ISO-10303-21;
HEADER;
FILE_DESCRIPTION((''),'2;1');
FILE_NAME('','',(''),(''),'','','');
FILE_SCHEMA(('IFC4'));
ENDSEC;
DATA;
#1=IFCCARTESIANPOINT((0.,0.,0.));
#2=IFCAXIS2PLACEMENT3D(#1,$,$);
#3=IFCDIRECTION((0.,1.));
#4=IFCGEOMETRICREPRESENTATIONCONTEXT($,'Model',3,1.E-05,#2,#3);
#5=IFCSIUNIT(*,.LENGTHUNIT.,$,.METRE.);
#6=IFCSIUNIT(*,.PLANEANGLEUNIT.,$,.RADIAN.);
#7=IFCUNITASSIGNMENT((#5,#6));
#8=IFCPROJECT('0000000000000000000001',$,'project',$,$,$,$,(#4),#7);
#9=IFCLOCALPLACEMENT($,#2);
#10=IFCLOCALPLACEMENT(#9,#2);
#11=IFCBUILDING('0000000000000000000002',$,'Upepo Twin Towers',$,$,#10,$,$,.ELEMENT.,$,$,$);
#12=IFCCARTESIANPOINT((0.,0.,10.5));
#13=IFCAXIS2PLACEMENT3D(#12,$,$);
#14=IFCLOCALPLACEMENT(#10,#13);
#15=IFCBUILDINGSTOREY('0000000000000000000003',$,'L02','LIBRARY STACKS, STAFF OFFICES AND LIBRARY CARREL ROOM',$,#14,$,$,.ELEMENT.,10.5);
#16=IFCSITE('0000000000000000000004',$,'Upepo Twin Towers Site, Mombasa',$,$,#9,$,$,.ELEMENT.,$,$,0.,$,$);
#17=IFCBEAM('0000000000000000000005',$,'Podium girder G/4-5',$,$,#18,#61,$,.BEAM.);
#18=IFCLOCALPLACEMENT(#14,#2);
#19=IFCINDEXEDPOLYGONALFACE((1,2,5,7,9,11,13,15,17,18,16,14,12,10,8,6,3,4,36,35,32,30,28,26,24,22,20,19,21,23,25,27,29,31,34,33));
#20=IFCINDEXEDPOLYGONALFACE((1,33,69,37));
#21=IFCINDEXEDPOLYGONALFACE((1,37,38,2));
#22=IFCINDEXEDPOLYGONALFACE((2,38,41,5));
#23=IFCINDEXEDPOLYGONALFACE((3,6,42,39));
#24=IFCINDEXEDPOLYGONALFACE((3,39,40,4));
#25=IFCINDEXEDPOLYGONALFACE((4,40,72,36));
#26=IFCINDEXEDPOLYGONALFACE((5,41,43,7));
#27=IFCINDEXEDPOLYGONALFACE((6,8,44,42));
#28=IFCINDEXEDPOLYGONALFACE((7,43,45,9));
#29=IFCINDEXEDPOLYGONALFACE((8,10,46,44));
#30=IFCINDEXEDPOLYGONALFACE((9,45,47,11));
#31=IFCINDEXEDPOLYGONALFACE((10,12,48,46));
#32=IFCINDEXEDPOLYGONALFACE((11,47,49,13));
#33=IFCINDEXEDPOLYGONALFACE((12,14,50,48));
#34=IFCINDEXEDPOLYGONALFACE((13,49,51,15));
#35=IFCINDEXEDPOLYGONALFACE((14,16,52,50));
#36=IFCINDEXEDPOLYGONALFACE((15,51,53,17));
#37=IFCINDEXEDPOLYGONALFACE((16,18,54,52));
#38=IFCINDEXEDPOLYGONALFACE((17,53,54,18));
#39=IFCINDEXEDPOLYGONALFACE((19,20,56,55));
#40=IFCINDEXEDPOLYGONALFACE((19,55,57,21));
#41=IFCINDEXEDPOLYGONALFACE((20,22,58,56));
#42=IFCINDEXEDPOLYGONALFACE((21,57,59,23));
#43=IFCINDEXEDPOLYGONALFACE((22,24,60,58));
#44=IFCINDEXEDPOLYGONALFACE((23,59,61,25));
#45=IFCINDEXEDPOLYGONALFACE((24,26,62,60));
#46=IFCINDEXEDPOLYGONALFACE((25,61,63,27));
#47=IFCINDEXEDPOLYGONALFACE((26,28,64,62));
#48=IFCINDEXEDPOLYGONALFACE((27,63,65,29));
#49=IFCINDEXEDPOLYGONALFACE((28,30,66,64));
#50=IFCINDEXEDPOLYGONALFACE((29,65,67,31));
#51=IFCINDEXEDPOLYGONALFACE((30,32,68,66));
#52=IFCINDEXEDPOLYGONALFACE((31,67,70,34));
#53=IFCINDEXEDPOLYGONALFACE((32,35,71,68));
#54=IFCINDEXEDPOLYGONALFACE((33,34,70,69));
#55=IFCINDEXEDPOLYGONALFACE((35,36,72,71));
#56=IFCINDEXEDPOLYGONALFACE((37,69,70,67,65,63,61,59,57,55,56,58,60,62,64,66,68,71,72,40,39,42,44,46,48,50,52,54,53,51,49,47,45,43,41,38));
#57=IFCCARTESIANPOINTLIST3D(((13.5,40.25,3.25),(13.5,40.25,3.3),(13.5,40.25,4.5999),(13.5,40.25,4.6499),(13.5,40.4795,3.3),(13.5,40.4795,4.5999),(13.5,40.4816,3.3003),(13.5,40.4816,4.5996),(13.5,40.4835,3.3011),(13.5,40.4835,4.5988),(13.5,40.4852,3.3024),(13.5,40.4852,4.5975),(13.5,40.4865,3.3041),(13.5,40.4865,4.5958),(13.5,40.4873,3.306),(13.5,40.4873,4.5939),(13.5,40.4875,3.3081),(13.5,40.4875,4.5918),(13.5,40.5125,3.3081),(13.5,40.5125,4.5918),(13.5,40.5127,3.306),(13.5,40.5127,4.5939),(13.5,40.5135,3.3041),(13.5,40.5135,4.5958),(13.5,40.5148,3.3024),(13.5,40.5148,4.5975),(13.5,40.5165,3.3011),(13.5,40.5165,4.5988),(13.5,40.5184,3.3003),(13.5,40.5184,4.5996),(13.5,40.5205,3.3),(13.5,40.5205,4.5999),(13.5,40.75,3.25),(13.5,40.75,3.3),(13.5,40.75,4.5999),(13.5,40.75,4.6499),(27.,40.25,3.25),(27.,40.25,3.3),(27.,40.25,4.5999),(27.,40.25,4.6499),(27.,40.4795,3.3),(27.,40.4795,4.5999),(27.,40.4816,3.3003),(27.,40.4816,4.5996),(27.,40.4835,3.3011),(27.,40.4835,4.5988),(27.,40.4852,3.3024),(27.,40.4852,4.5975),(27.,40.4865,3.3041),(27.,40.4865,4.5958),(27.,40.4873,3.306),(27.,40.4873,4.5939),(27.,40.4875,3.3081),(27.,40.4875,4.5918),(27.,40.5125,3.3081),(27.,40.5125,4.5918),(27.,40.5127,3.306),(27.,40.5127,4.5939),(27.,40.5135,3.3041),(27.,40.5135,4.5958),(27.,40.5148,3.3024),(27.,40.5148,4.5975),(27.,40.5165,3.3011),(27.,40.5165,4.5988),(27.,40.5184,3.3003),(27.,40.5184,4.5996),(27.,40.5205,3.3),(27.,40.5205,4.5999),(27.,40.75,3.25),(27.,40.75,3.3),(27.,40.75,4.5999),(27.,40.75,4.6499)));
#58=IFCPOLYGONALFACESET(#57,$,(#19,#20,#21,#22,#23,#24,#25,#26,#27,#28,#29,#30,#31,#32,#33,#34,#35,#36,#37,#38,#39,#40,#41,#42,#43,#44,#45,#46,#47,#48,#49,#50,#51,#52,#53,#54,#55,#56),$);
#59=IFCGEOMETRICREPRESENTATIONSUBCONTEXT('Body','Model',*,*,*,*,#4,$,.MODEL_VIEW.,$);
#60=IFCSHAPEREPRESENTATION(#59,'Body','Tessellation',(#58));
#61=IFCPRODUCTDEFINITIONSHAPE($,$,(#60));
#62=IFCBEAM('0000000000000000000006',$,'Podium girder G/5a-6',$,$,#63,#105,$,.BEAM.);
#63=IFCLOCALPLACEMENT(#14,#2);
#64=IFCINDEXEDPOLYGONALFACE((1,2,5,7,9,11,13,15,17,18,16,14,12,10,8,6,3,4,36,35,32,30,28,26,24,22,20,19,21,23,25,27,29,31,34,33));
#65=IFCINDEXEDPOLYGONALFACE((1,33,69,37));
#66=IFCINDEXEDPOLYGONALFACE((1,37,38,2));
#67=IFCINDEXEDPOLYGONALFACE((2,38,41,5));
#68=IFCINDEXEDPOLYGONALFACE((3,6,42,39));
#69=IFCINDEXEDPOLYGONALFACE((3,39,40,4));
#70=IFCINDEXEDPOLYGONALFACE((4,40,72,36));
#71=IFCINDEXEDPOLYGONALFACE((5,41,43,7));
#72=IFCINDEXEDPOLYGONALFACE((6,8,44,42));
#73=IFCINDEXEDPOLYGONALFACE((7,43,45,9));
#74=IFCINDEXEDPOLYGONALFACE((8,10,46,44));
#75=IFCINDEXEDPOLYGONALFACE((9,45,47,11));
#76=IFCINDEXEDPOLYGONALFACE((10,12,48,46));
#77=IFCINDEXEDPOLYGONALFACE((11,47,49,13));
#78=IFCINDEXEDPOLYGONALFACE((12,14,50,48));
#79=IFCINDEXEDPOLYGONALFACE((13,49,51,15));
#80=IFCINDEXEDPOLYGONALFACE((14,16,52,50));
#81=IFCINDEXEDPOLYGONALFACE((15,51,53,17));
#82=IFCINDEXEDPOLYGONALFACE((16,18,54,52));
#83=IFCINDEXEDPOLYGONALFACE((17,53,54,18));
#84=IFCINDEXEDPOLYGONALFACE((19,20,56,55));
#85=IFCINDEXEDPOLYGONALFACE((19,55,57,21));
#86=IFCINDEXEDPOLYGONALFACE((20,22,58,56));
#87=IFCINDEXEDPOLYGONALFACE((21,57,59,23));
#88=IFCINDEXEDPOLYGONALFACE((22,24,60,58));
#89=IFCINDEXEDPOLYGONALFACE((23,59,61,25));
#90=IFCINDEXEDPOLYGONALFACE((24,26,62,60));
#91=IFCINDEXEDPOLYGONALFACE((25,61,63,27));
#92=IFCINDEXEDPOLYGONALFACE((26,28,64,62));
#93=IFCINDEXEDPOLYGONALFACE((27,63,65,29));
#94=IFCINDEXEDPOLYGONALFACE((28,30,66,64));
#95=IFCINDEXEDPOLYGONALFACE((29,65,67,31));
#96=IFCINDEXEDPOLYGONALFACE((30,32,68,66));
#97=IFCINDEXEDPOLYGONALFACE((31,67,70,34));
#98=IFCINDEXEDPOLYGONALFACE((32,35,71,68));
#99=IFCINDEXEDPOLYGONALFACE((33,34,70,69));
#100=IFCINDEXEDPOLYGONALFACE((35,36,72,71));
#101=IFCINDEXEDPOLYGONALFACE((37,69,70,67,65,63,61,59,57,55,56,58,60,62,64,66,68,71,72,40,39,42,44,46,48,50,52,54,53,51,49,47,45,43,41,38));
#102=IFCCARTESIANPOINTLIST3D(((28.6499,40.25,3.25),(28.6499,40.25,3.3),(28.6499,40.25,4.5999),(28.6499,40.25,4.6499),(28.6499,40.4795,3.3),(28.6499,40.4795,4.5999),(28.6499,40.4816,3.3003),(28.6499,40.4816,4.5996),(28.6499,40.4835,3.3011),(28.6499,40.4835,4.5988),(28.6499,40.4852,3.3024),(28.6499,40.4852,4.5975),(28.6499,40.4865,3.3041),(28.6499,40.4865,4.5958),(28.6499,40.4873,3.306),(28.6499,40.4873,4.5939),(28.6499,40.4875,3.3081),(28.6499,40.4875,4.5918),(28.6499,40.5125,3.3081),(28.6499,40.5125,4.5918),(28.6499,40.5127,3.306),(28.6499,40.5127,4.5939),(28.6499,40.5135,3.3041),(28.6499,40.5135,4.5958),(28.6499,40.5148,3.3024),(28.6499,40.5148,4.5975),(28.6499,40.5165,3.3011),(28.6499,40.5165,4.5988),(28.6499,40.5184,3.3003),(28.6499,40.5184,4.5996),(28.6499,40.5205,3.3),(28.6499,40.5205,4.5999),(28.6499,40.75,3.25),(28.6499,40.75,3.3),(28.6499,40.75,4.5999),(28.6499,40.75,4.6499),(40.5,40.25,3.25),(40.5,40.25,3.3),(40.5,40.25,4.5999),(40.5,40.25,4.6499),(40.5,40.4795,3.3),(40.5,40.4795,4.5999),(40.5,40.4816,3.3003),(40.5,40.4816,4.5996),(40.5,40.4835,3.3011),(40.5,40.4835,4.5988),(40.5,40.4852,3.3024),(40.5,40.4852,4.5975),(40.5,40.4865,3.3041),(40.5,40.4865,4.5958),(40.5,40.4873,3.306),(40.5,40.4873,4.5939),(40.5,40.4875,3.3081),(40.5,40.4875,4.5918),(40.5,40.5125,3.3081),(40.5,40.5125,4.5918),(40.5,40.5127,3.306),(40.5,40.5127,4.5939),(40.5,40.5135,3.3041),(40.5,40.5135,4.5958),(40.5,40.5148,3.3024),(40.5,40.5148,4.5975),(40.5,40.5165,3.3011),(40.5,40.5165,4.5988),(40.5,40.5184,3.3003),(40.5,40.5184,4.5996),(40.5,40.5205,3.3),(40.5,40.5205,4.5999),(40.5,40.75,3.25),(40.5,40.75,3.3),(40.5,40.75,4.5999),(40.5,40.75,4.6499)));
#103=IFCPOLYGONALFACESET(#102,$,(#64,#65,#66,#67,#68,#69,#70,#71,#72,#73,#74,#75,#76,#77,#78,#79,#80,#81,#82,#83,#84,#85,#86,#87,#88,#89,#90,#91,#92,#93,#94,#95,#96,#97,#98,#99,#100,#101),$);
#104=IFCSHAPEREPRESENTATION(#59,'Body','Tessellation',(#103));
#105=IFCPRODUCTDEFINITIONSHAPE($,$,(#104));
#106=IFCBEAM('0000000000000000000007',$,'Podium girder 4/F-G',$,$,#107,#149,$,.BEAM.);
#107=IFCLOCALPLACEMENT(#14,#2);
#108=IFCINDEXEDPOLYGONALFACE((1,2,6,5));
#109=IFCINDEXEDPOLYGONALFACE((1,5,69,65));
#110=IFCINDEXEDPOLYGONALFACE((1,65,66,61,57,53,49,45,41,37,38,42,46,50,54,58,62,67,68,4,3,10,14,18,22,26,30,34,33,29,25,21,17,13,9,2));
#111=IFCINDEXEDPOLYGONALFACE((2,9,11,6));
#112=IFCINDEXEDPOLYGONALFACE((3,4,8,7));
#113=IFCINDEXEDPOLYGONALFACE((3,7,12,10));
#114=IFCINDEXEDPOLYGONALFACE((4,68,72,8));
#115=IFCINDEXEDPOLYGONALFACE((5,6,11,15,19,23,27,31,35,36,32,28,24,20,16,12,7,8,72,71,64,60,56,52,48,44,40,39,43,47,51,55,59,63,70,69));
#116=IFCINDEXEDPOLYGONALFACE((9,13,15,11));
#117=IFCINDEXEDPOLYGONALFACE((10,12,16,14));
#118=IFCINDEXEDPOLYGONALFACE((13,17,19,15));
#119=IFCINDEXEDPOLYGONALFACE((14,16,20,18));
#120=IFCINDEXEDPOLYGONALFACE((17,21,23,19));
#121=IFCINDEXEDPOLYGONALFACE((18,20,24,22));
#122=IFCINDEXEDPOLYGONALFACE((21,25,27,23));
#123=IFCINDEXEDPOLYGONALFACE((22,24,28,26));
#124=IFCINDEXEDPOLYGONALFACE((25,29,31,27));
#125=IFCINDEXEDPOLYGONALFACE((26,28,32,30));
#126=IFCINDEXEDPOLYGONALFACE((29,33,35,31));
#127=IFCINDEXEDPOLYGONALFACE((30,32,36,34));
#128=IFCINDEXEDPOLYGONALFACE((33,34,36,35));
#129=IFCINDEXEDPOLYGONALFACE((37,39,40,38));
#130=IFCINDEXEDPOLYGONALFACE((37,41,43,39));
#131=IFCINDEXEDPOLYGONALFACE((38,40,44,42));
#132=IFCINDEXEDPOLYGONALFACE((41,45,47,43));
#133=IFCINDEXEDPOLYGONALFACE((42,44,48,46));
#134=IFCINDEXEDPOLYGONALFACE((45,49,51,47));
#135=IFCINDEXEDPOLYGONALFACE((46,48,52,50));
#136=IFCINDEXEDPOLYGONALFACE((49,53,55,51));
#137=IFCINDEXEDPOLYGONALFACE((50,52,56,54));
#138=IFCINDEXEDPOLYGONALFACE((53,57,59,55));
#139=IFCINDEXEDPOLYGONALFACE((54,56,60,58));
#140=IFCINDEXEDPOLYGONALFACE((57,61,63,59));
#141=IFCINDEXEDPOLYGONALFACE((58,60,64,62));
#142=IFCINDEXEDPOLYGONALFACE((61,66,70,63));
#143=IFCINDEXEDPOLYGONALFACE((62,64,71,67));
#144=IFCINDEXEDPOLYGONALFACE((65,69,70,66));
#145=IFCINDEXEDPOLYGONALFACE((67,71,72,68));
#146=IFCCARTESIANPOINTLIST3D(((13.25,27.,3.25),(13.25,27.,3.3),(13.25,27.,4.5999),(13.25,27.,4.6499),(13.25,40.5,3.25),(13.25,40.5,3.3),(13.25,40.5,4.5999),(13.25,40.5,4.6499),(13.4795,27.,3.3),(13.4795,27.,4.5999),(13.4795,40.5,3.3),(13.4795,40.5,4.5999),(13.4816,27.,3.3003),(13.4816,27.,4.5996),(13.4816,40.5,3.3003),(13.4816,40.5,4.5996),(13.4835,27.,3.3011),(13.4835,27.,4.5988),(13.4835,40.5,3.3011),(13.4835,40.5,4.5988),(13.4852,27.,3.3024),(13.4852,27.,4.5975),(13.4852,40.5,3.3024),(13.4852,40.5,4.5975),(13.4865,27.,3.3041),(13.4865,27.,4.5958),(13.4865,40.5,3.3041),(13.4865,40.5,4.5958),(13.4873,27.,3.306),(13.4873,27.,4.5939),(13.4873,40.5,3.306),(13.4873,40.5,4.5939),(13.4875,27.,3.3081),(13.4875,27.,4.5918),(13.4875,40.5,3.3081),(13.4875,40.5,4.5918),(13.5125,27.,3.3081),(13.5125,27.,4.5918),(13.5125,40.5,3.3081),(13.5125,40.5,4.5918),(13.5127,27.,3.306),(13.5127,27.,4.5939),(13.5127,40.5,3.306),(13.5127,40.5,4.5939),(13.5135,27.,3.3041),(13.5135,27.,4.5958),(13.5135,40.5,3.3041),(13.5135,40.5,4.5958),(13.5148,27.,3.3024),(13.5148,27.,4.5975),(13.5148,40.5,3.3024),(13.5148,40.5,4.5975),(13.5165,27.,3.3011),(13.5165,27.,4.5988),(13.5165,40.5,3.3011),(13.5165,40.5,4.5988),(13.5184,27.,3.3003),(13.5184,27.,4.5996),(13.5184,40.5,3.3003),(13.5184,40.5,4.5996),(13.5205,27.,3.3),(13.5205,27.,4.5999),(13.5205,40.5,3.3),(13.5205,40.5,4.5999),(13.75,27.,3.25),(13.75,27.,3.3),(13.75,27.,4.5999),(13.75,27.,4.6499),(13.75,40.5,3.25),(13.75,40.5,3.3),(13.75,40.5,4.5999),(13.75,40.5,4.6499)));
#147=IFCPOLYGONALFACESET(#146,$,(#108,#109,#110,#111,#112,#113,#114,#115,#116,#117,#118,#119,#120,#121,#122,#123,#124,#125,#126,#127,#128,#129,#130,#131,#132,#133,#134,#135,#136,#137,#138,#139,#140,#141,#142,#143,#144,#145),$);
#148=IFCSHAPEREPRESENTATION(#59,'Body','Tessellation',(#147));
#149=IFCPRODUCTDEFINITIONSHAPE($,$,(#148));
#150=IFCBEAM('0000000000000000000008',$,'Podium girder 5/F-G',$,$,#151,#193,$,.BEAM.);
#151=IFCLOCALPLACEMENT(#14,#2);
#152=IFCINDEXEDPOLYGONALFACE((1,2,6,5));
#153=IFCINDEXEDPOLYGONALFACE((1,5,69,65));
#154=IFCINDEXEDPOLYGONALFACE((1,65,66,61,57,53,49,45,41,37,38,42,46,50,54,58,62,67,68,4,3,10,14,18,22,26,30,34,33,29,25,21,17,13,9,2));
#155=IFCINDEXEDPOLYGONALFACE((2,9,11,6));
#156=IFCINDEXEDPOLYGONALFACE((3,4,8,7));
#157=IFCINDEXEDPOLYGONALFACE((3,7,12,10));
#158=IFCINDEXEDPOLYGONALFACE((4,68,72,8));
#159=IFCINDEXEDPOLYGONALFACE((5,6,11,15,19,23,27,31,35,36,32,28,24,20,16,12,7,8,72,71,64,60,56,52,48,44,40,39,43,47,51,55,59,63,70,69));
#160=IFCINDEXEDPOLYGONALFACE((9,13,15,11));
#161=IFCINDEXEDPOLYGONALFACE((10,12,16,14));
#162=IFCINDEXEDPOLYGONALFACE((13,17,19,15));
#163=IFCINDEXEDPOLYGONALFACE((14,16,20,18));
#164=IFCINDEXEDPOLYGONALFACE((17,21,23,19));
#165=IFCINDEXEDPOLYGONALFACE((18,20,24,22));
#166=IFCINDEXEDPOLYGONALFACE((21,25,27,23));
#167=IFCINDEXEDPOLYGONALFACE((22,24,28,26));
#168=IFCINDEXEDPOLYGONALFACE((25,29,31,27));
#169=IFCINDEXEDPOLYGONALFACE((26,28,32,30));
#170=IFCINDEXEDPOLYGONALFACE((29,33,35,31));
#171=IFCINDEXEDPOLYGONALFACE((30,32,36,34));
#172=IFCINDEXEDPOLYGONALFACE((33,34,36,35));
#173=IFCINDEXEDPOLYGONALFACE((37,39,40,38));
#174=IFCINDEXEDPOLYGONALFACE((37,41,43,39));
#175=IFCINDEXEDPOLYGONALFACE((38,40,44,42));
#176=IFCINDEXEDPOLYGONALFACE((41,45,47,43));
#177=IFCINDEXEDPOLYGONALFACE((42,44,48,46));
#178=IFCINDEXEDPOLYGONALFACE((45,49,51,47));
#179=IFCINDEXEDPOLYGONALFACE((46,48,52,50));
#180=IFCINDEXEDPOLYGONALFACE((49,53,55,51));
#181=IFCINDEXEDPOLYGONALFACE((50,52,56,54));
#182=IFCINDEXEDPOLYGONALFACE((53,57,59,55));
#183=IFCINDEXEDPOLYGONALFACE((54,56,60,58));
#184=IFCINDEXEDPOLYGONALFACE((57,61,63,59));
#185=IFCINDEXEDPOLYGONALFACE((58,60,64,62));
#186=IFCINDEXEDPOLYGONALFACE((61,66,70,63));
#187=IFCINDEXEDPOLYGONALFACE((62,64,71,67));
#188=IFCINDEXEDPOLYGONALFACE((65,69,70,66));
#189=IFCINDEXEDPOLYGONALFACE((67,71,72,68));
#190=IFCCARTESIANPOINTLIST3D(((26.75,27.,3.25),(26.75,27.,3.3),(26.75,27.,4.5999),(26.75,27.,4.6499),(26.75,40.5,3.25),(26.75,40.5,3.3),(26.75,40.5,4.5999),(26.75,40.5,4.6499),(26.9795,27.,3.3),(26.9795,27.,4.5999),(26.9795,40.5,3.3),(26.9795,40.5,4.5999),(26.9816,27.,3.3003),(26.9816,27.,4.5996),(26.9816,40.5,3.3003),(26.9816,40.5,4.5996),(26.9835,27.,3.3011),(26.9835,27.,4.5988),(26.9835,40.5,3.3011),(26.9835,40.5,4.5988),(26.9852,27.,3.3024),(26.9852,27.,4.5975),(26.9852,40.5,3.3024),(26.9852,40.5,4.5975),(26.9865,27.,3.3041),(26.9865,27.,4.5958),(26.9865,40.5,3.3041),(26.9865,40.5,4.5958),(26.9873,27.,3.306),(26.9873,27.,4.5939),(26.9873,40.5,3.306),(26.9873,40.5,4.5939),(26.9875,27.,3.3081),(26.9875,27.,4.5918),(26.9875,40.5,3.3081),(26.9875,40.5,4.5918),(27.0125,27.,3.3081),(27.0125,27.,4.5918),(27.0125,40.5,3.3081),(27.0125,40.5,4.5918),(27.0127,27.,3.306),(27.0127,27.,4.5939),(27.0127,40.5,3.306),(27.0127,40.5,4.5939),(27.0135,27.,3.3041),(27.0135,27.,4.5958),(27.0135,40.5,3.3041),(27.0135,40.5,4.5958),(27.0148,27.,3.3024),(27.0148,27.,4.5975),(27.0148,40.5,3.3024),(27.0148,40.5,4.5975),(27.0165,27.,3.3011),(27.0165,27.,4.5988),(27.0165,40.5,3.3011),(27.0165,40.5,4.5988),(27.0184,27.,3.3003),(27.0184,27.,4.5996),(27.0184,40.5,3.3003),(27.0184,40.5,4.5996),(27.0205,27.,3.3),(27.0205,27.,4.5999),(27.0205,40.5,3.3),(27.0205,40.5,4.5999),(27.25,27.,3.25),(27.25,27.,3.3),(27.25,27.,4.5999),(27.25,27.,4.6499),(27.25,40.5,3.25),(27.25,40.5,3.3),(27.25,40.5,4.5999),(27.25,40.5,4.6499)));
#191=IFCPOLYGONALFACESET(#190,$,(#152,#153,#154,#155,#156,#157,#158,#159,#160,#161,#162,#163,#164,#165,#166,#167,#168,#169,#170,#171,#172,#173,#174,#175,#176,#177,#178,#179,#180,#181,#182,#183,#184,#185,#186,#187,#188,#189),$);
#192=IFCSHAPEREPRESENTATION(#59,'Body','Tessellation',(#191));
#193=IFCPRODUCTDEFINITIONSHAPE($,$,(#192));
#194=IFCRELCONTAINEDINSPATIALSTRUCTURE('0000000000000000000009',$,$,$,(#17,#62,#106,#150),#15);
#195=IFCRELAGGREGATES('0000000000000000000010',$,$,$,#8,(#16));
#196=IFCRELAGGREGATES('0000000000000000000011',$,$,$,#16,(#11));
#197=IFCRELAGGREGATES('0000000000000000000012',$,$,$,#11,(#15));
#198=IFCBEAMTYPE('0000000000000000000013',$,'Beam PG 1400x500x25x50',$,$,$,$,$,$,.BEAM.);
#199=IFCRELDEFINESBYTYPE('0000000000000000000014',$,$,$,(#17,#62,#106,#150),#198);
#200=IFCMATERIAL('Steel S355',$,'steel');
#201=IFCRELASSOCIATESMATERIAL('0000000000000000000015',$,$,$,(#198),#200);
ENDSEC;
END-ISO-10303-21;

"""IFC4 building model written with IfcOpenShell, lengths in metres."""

from ifc_helpers import new_model, si_unit, direction, frame, origin, origin_2d, place, context, subcontext, project, spatial, i_section, extrude, material, material_profile, profile_set, type_object, element, save


model = new_model("IFC4")

# Units and contexts
model_context = context("Model", 3, precision=1e-05, world=origin(), true_north=direction((0.0, 1.0)))
body_context = subcontext(model_context, "Body", "Model", "MODEL_VIEW")
ifc_project = project(units=[si_unit("LENGTHUNIT", "METRE"), si_unit("PLANEANGLEUNIT", "RADIAN")], contexts=[model_context])

# Site, building, storey
site_placement = place(None, origin())
site = spatial("IfcSite", under=ifc_project, at=site_placement, Name="Upepo Twin Towers Site, Mombasa", CompositionType="ELEMENT", RefElevation=0.0)
building_placement = place(site_placement, origin())
building = spatial("IfcBuilding", under=site, at=building_placement, Name="Upepo Twin Towers", CompositionType="ELEMENT")
storey_placement = place(building_placement, frame((0.0, 0.0, 10.5)))
storey = spatial("IfcBuildingStorey", under=building, at=storey_placement, Name="L02", Description="LIBRARY STACKS, STAFF OFFICES AND LIBRARY CARREL ROOM", CompositionType="ELEMENT", Elevation=10.5)

# Beams
ifc_material_1 = material(Name="Steel S355", Category="steel")
ifc_material_profile_1 = material_profile(ifc_material_1, i_section(OverallWidth=0.5, OverallDepth=1.3999, WebThickness=0.0249, FlangeThickness=0.05, FilletRadius=0.0081, at=origin_2d()), Name="PG 1400x500x25x50")
ifc_profile_set_1 = profile_set([ifc_material_profile_1], Name="Steel S355")
beam_type_1 = type_object("IfcBeamType", Name="Beam PG 1400x500x25x50", PredefinedType="BEAM", material=ifc_profile_set_1)
beam_1_placement = place(storey_placement, frame((13.5, 40.5, 3.95), z_axis=(1.0, 0.0, 0.0), x_axis=(0.0, 1.0, 0.0)))
element("IfcBeam", 1, at=beam_1_placement, inside=storey, type_object=beam_type_1, Name="Podium girder G/4-5", PredefinedType="BEAM", context=body_context, shape_type="SweptSolid", body=[
    extrude(i_section(OverallWidth=0.5, OverallDepth=1.3999, WebThickness=0.0249, FlangeThickness=0.05, FilletRadius=0.0081, at=origin_2d()), origin(), (0.0, 0.0, 1.0), 13.5),
])
beam_2_placement = place(storey_placement, frame((28.6499, 40.5, 3.95), z_axis=(1.0, 0.0, 0.0), x_axis=(0.0, 1.0, 0.0)))
element("IfcBeam", 2, at=beam_2_placement, inside=storey, type_object=beam_type_1, Name="Podium girder G/5a-6", PredefinedType="BEAM", context=body_context, shape_type="SweptSolid", body=[
    extrude(i_section(OverallWidth=0.5, OverallDepth=1.3999, WebThickness=0.0249, FlangeThickness=0.05, FilletRadius=0.0081, at=origin_2d()), origin(), (0.0, 0.0, 1.0), 11.8501),
])
for number, where, z_axis, x_axis, name in (
    (3, (13.5, 27.0, 3.95), (0.0, 1.0, 0.0), (-1.0, 0.0, 0.0), "Podium girder 4/F-G"),
    (4, (27.0, 27.0, 3.95), (0.0, 1.0, 0.0), (-1.0, 0.0, 0.0), "Podium girder 5/F-G"),
):
    element("IfcBeam", number, at=place(storey_placement, frame(where, z_axis=z_axis, x_axis=x_axis)), inside=storey, type_object=beam_type_1, Name=name, PredefinedType="BEAM", context=body_context, shape_type="SweptSolid", body=[
        extrude(i_section(OverallWidth=0.5, OverallDepth=1.3999, WebThickness=0.0249, FlangeThickness=0.05, FilletRadius=0.0081, at=origin_2d()), origin(), (0.0, 0.0, 1.0), 13.5),
    ])

save(model, "model.ifc")
